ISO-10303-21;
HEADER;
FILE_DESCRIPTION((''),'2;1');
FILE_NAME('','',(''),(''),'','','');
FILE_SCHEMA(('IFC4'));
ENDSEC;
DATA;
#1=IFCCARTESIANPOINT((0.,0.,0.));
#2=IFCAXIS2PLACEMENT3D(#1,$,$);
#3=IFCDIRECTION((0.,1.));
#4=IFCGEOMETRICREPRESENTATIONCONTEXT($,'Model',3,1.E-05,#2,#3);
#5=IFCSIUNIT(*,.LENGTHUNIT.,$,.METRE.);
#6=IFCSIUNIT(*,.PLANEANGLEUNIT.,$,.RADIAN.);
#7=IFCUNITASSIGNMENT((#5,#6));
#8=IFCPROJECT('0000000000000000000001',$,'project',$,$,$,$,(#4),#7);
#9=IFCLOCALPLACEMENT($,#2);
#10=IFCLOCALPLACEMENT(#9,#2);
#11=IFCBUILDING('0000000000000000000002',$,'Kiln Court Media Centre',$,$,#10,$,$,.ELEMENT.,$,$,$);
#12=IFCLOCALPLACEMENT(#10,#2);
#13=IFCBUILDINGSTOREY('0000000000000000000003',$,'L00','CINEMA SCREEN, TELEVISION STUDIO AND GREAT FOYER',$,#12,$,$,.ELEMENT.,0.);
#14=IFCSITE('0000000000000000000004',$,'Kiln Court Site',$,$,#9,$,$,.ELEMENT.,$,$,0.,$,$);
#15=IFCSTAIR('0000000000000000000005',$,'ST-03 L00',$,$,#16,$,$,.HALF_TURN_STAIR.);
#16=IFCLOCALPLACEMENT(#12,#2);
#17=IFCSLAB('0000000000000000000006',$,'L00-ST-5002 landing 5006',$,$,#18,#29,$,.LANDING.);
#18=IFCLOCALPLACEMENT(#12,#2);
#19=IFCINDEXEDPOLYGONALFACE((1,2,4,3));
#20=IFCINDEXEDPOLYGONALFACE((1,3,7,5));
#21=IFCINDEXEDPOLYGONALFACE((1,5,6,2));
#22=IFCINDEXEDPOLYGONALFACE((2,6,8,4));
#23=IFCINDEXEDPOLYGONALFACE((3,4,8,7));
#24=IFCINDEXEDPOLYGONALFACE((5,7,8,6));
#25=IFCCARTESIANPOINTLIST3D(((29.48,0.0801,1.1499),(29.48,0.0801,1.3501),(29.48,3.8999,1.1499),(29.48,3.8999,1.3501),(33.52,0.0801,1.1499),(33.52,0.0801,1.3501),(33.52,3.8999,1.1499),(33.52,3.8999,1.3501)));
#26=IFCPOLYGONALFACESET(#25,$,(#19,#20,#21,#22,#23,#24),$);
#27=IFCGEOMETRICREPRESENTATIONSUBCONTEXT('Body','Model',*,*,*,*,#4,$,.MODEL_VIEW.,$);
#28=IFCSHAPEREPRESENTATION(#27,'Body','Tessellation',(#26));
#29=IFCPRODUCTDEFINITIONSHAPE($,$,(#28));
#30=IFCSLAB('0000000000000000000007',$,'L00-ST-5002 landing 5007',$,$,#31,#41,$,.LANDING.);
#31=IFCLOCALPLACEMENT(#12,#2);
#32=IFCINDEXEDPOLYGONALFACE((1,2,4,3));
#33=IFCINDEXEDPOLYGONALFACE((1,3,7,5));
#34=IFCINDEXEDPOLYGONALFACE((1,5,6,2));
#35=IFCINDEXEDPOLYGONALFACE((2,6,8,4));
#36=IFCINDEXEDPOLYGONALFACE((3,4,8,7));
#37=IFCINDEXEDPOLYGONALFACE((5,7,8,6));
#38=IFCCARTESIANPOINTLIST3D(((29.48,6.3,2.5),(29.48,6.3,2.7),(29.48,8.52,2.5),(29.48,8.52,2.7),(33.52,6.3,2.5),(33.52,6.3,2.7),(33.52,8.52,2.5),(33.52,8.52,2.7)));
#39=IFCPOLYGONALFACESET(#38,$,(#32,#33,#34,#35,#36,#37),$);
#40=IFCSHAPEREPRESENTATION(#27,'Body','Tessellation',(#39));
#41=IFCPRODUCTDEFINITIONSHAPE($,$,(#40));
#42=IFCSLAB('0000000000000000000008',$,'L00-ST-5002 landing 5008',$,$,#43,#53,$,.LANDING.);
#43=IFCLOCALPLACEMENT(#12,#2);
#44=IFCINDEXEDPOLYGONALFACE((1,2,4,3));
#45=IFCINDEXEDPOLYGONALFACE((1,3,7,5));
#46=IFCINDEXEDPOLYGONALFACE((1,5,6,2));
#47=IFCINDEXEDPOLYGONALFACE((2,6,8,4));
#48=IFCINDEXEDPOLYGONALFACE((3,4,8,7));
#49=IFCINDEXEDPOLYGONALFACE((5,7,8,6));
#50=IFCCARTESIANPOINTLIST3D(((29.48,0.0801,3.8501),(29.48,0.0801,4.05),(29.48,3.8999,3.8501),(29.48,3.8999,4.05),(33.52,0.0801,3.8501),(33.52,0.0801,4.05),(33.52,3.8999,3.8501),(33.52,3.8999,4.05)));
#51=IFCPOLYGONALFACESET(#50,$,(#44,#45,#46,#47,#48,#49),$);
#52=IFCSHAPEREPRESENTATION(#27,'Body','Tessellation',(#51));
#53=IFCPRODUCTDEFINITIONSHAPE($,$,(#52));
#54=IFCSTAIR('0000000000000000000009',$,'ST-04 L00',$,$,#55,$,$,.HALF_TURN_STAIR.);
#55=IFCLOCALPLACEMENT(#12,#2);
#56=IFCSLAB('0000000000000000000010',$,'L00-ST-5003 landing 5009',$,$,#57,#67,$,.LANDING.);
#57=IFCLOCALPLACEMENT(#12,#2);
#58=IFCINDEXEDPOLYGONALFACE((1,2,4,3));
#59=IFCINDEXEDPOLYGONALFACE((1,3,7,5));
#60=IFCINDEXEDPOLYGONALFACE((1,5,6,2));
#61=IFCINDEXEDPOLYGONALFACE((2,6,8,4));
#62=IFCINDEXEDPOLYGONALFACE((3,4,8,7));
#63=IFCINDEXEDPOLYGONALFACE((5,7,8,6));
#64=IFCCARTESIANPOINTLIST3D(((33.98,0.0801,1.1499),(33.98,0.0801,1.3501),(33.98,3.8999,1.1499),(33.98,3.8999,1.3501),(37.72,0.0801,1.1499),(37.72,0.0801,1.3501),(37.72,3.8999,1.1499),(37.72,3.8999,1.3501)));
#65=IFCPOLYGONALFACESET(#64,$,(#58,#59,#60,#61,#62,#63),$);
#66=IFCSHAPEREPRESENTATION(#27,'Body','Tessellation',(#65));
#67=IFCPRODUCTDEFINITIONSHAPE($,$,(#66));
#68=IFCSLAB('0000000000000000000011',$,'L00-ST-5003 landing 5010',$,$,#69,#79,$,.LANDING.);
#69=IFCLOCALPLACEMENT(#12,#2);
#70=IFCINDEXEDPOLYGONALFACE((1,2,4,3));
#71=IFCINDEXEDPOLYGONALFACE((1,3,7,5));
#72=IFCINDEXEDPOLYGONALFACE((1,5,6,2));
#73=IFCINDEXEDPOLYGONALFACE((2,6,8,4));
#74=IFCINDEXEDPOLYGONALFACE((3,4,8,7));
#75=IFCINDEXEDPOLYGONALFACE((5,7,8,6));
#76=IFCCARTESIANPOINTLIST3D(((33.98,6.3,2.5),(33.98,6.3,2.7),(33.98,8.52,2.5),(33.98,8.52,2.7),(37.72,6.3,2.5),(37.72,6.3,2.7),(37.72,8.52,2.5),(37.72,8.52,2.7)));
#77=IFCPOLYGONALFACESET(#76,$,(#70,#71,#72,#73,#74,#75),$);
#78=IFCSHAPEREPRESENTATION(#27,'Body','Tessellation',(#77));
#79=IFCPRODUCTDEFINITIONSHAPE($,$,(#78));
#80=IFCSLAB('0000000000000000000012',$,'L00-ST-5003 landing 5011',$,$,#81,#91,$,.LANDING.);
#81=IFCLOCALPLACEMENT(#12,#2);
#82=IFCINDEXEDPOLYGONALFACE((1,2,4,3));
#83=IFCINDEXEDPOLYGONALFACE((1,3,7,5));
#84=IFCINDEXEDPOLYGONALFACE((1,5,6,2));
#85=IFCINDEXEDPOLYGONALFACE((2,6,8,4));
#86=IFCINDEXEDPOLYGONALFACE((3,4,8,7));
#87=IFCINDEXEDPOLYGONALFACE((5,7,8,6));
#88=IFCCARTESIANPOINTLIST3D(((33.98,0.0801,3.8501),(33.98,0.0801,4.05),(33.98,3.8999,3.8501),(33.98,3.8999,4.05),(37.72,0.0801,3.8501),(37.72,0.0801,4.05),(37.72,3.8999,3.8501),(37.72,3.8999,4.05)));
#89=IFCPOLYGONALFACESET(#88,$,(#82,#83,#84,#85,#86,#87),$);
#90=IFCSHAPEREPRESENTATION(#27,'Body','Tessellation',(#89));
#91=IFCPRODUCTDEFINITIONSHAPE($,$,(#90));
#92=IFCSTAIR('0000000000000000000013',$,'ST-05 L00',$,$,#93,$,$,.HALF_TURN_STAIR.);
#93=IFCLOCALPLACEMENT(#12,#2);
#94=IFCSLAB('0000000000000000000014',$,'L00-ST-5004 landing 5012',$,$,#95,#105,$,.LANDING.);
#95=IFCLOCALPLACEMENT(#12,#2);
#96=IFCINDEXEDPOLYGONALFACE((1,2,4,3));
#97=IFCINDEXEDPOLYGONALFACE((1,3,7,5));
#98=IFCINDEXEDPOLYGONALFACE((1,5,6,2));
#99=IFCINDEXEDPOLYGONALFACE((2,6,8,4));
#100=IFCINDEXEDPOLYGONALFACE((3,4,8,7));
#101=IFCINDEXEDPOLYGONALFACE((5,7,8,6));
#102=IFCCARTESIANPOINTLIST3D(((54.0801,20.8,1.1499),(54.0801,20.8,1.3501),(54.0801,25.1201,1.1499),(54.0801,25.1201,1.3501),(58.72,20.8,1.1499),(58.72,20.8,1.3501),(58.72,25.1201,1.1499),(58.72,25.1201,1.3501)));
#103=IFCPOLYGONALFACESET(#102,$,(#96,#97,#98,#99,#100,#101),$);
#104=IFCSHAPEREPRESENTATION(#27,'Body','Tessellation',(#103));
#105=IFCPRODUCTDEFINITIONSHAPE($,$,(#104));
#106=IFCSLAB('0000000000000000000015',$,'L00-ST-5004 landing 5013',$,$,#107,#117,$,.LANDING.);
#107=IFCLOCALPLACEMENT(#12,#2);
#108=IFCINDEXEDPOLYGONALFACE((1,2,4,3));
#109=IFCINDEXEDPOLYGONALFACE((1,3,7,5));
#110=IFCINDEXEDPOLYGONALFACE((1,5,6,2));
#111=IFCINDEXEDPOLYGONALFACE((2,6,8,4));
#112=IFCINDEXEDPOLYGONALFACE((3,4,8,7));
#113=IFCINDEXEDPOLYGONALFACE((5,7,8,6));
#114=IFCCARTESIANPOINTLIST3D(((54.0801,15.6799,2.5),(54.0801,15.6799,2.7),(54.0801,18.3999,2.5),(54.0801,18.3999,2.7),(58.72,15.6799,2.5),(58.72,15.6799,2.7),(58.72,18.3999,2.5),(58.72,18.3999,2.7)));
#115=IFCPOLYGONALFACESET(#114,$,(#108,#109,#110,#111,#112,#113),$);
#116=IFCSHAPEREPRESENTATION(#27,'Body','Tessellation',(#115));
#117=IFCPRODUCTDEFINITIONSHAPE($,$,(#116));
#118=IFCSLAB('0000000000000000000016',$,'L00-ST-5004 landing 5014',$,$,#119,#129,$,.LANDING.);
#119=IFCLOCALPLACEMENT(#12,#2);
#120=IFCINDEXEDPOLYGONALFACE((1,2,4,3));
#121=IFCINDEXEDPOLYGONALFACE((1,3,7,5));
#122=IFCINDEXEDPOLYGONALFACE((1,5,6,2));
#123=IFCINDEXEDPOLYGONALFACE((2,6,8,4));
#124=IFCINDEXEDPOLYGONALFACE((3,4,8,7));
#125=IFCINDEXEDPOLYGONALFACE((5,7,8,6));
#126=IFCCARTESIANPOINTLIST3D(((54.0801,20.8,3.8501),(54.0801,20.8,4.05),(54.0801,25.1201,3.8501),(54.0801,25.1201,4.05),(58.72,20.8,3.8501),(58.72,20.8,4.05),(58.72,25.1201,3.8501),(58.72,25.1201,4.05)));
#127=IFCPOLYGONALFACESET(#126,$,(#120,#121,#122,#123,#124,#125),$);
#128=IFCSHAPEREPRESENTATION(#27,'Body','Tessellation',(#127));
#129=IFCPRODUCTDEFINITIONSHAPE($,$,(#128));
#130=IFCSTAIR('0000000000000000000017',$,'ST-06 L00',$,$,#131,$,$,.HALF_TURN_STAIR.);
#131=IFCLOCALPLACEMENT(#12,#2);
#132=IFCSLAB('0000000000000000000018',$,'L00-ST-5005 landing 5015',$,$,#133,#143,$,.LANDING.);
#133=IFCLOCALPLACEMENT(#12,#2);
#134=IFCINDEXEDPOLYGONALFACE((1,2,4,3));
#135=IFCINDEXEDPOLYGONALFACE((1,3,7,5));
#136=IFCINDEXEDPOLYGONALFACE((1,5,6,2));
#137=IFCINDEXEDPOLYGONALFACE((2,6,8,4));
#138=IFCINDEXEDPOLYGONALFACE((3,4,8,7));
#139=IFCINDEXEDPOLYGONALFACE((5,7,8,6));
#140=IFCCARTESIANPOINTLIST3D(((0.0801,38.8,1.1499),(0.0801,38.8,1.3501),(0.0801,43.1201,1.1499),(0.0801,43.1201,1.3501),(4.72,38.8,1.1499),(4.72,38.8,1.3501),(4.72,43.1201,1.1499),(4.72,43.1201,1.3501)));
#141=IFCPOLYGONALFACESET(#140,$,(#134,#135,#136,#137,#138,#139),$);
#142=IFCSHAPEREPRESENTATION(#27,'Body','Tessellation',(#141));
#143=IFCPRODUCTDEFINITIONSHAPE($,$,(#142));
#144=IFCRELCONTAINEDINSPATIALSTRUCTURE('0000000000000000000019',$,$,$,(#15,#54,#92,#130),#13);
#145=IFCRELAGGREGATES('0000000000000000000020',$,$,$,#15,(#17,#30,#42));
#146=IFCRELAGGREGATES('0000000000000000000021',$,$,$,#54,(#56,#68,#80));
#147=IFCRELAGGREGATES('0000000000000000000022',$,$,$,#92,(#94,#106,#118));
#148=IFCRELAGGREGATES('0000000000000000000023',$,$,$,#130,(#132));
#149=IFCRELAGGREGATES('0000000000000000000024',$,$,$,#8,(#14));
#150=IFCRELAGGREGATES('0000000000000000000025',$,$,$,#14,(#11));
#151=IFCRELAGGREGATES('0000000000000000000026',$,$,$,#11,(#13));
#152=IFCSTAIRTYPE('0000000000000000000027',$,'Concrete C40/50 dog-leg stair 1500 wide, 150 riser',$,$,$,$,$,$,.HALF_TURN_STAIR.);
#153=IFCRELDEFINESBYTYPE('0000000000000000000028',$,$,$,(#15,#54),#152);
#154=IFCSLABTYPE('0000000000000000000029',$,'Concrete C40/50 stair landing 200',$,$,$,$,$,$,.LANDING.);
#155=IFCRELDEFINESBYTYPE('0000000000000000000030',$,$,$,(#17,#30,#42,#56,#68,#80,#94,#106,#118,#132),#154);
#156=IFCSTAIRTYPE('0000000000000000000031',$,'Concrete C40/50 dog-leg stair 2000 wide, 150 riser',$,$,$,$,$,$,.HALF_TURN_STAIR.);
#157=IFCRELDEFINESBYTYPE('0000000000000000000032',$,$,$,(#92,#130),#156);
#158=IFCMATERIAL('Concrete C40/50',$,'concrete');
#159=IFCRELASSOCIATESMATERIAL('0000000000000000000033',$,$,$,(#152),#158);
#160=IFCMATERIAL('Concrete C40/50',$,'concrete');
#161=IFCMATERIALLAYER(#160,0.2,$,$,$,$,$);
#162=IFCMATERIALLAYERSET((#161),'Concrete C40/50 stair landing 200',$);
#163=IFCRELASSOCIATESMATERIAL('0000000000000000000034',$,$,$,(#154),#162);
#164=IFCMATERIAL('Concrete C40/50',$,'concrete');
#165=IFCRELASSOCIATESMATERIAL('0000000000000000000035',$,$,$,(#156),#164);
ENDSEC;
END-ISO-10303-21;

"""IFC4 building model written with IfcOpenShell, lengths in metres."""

from ifc_helpers import new_model, si_unit, direction, frame, origin, place, context, subcontext, project, spatial, polyline, outline, extrude, material, layer, layer_set, type_object, element, aggregate, save


model = new_model("IFC4")

# Units and contexts
model_context = context("Model", 3, precision=1e-05, world=origin(), true_north=direction((0.0, 1.0)))
body_context = subcontext(model_context, "Body", "Model", "MODEL_VIEW")
ifc_project = project(units=[si_unit("LENGTHUNIT", "METRE"), si_unit("PLANEANGLEUNIT", "RADIAN")], contexts=[model_context])

# Site, building, storey
site_placement = place(None, origin())
site = spatial("IfcSite", under=ifc_project, at=site_placement, Name="Kiln Court Site", CompositionType="ELEMENT", RefElevation=0.0)
building_placement = place(site_placement, origin())
building = spatial("IfcBuilding", under=site, at=building_placement, Name="Kiln Court Media Centre", CompositionType="ELEMENT")
storey_placement = place(building_placement, origin())
storey = spatial("IfcBuildingStorey", under=building, at=storey_placement, Name="L00", Description="CINEMA SCREEN, TELEVISION STUDIO AND GREAT FOYER", CompositionType="ELEMENT", Elevation=0.0)

# Stairs, slabs
ifc_material_1 = material(Name="Concrete C40/50", Category="concrete")
stair_type_1 = type_object("IfcStairType", Name="Concrete C40/50 dog-leg stair 1500 wide, 150 riser", PredefinedType="HALF_TURN_STAIR", material=ifc_material_1)
ifc_material_2 = material(Name="Concrete C40/50", Category="concrete")
ifc_layer_1 = layer(ifc_material_2, 0.2)
ifc_layer_set_1 = layer_set([ifc_layer_1], Name="Concrete C40/50 stair landing 200")
slab_type_1 = type_object("IfcSlabType", Name="Concrete C40/50 stair landing 200", PredefinedType="LANDING", material=ifc_layer_set_1)
stair_1_placement = place(storey_placement, origin())
stair_1 = element("IfcStair", 1, at=stair_1_placement, inside=storey, type_object=stair_type_1, Name="ST-03 L00", PredefinedType="HALF_TURN_STAIR")
slab_1_placement = place(storey_placement, frame((0.0, 0.0, 1.1499)))
slab_1 = element("IfcSlab", 2, at=slab_1_placement, type_object=slab_type_1, Name="L00-ST-5002 landing 5006", PredefinedType="LANDING", context=body_context, shape_type="SweptSolid", body=[
    extrude(outline(polyline([(29.48, 3.8999), (29.48, 0.0801), (33.52, 0.0801), (33.52, 3.8999), (29.48, 3.8999)])), origin(), (0.0, 0.0, 1.0), 0.2002),
])
slab_2_placement = place(storey_placement, frame((0.0, 0.0, 2.5)))
slab_2 = element("IfcSlab", 3, at=slab_2_placement, type_object=slab_type_1, Name="L00-ST-5002 landing 5007", PredefinedType="LANDING", context=body_context, shape_type="SweptSolid", body=[
    extrude(outline(polyline([(29.48, 8.52), (29.48, 6.3), (33.52, 6.3), (33.52, 8.52), (29.48, 8.52)])), origin(), (0.0, 0.0, 1.0), 0.2),
])
slab_3_placement = place(storey_placement, frame((0.0, 0.0, 3.8501)))
slab_3 = element("IfcSlab", 4, at=slab_3_placement, type_object=slab_type_1, Name="L00-ST-5002 landing 5008", PredefinedType="LANDING", context=body_context, shape_type="SweptSolid", body=[
    extrude(outline(polyline([(29.48, 3.8999), (29.48, 0.0801), (33.52, 0.0801), (33.52, 3.8999), (29.48, 3.8999)])), origin(), (0.0, 0.0, 1.0), 0.2),
])
aggregate(stair_1, [slab_1, slab_2, slab_3])
stair_2_placement = place(storey_placement, origin())
stair_2 = element("IfcStair", 5, at=stair_2_placement, inside=storey, type_object=stair_type_1, Name="ST-04 L00", PredefinedType="HALF_TURN_STAIR")
slab_4_placement = place(storey_placement, frame((0.0, 0.0, 1.1499)))
slab_4 = element("IfcSlab", 6, at=slab_4_placement, type_object=slab_type_1, Name="L00-ST-5003 landing 5009", PredefinedType="LANDING", context=body_context, shape_type="SweptSolid", body=[
    extrude(outline(polyline([(33.98, 3.8999), (33.98, 0.0801), (37.72, 0.0801), (37.72, 3.8999), (33.98, 3.8999)])), origin(), (0.0, 0.0, 1.0), 0.2002),
])
slab_5_placement = place(storey_placement, frame((0.0, 0.0, 2.5)))
slab_5 = element("IfcSlab", 7, at=slab_5_placement, type_object=slab_type_1, Name="L00-ST-5003 landing 5010", PredefinedType="LANDING", context=body_context, shape_type="SweptSolid", body=[
    extrude(outline(polyline([(33.98, 8.52), (33.98, 6.3), (37.72, 6.3), (37.72, 8.52), (33.98, 8.52)])), origin(), (0.0, 0.0, 1.0), 0.2),
])
slab_6_placement = place(storey_placement, frame((0.0, 0.0, 3.8501)))
slab_6 = element("IfcSlab", 8, at=slab_6_placement, type_object=slab_type_1, Name="L00-ST-5003 landing 5011", PredefinedType="LANDING", context=body_context, shape_type="SweptSolid", body=[
    extrude(outline(polyline([(33.98, 3.8999), (33.98, 0.0801), (37.72, 0.0801), (37.72, 3.8999), (33.98, 3.8999)])), origin(), (0.0, 0.0, 1.0), 0.2),
])
aggregate(stair_2, [slab_4, slab_5, slab_6])
ifc_material_3 = material(Name="Concrete C40/50", Category="concrete")
stair_type_2 = type_object("IfcStairType", Name="Concrete C40/50 dog-leg stair 2000 wide, 150 riser", PredefinedType="HALF_TURN_STAIR", material=ifc_material_3)
stair_3_placement = place(storey_placement, origin())
stair_3 = element("IfcStair", 9, at=stair_3_placement, inside=storey, type_object=stair_type_2, Name="ST-05 L00", PredefinedType="HALF_TURN_STAIR")
slab_7_placement = place(storey_placement, frame((0.0, 0.0, 1.1499)))
slab_7 = element("IfcSlab", 10, at=slab_7_placement, type_object=slab_type_1, Name="L00-ST-5004 landing 5012", PredefinedType="LANDING", context=body_context, shape_type="SweptSolid", body=[
    extrude(outline(polyline([(58.72, 20.8), (58.72, 25.1201), (54.0801, 25.1201), (54.0801, 20.8), (58.72, 20.8)])), origin(), (0.0, 0.0, 1.0), 0.2002),
])
slab_8_placement = place(storey_placement, frame((0.0, 0.0, 2.5)))
slab_8 = element("IfcSlab", 11, at=slab_8_placement, type_object=slab_type_1, Name="L00-ST-5004 landing 5013", PredefinedType="LANDING", context=body_context, shape_type="SweptSolid", body=[
    extrude(outline(polyline([(58.72, 15.6799), (58.72, 18.3999), (54.0801, 18.3999), (54.0801, 15.6799), (58.72, 15.6799)])), origin(), (0.0, 0.0, 1.0), 0.2),
])
slab_9_placement = place(storey_placement, frame((0.0, 0.0, 3.8501)))
slab_9 = element("IfcSlab", 12, at=slab_9_placement, type_object=slab_type_1, Name="L00-ST-5004 landing 5014", PredefinedType="LANDING", context=body_context, shape_type="SweptSolid", body=[
    extrude(outline(polyline([(58.72, 20.8), (58.72, 25.1201), (54.0801, 25.1201), (54.0801, 20.8), (58.72, 20.8)])), origin(), (0.0, 0.0, 1.0), 0.2),
])
aggregate(stair_3, [slab_7, slab_8, slab_9])

# Stair, slab
stair_4_placement = place(storey_placement, origin())
stair_4 = element("IfcStair", 13, at=stair_4_placement, inside=storey, type_object=stair_type_2, Name="ST-06 L00", PredefinedType="HALF_TURN_STAIR")
slab_10_placement = place(storey_placement, frame((0.0, 0.0, 1.1499)))
slab_10 = element("IfcSlab", 14, at=slab_10_placement, type_object=slab_type_1, Name="L00-ST-5005 landing 5015", PredefinedType="LANDING", context=body_context, shape_type="SweptSolid", body=[
    extrude(outline(polyline([(4.72, 38.8), (4.72, 43.1201), (0.0801, 43.1201), (0.0801, 38.8), (4.72, 38.8)])), origin(), (0.0, 0.0, 1.0), 0.2002),
])
aggregate(stair_4, [slab_10])

save(model, "model.ifc")
